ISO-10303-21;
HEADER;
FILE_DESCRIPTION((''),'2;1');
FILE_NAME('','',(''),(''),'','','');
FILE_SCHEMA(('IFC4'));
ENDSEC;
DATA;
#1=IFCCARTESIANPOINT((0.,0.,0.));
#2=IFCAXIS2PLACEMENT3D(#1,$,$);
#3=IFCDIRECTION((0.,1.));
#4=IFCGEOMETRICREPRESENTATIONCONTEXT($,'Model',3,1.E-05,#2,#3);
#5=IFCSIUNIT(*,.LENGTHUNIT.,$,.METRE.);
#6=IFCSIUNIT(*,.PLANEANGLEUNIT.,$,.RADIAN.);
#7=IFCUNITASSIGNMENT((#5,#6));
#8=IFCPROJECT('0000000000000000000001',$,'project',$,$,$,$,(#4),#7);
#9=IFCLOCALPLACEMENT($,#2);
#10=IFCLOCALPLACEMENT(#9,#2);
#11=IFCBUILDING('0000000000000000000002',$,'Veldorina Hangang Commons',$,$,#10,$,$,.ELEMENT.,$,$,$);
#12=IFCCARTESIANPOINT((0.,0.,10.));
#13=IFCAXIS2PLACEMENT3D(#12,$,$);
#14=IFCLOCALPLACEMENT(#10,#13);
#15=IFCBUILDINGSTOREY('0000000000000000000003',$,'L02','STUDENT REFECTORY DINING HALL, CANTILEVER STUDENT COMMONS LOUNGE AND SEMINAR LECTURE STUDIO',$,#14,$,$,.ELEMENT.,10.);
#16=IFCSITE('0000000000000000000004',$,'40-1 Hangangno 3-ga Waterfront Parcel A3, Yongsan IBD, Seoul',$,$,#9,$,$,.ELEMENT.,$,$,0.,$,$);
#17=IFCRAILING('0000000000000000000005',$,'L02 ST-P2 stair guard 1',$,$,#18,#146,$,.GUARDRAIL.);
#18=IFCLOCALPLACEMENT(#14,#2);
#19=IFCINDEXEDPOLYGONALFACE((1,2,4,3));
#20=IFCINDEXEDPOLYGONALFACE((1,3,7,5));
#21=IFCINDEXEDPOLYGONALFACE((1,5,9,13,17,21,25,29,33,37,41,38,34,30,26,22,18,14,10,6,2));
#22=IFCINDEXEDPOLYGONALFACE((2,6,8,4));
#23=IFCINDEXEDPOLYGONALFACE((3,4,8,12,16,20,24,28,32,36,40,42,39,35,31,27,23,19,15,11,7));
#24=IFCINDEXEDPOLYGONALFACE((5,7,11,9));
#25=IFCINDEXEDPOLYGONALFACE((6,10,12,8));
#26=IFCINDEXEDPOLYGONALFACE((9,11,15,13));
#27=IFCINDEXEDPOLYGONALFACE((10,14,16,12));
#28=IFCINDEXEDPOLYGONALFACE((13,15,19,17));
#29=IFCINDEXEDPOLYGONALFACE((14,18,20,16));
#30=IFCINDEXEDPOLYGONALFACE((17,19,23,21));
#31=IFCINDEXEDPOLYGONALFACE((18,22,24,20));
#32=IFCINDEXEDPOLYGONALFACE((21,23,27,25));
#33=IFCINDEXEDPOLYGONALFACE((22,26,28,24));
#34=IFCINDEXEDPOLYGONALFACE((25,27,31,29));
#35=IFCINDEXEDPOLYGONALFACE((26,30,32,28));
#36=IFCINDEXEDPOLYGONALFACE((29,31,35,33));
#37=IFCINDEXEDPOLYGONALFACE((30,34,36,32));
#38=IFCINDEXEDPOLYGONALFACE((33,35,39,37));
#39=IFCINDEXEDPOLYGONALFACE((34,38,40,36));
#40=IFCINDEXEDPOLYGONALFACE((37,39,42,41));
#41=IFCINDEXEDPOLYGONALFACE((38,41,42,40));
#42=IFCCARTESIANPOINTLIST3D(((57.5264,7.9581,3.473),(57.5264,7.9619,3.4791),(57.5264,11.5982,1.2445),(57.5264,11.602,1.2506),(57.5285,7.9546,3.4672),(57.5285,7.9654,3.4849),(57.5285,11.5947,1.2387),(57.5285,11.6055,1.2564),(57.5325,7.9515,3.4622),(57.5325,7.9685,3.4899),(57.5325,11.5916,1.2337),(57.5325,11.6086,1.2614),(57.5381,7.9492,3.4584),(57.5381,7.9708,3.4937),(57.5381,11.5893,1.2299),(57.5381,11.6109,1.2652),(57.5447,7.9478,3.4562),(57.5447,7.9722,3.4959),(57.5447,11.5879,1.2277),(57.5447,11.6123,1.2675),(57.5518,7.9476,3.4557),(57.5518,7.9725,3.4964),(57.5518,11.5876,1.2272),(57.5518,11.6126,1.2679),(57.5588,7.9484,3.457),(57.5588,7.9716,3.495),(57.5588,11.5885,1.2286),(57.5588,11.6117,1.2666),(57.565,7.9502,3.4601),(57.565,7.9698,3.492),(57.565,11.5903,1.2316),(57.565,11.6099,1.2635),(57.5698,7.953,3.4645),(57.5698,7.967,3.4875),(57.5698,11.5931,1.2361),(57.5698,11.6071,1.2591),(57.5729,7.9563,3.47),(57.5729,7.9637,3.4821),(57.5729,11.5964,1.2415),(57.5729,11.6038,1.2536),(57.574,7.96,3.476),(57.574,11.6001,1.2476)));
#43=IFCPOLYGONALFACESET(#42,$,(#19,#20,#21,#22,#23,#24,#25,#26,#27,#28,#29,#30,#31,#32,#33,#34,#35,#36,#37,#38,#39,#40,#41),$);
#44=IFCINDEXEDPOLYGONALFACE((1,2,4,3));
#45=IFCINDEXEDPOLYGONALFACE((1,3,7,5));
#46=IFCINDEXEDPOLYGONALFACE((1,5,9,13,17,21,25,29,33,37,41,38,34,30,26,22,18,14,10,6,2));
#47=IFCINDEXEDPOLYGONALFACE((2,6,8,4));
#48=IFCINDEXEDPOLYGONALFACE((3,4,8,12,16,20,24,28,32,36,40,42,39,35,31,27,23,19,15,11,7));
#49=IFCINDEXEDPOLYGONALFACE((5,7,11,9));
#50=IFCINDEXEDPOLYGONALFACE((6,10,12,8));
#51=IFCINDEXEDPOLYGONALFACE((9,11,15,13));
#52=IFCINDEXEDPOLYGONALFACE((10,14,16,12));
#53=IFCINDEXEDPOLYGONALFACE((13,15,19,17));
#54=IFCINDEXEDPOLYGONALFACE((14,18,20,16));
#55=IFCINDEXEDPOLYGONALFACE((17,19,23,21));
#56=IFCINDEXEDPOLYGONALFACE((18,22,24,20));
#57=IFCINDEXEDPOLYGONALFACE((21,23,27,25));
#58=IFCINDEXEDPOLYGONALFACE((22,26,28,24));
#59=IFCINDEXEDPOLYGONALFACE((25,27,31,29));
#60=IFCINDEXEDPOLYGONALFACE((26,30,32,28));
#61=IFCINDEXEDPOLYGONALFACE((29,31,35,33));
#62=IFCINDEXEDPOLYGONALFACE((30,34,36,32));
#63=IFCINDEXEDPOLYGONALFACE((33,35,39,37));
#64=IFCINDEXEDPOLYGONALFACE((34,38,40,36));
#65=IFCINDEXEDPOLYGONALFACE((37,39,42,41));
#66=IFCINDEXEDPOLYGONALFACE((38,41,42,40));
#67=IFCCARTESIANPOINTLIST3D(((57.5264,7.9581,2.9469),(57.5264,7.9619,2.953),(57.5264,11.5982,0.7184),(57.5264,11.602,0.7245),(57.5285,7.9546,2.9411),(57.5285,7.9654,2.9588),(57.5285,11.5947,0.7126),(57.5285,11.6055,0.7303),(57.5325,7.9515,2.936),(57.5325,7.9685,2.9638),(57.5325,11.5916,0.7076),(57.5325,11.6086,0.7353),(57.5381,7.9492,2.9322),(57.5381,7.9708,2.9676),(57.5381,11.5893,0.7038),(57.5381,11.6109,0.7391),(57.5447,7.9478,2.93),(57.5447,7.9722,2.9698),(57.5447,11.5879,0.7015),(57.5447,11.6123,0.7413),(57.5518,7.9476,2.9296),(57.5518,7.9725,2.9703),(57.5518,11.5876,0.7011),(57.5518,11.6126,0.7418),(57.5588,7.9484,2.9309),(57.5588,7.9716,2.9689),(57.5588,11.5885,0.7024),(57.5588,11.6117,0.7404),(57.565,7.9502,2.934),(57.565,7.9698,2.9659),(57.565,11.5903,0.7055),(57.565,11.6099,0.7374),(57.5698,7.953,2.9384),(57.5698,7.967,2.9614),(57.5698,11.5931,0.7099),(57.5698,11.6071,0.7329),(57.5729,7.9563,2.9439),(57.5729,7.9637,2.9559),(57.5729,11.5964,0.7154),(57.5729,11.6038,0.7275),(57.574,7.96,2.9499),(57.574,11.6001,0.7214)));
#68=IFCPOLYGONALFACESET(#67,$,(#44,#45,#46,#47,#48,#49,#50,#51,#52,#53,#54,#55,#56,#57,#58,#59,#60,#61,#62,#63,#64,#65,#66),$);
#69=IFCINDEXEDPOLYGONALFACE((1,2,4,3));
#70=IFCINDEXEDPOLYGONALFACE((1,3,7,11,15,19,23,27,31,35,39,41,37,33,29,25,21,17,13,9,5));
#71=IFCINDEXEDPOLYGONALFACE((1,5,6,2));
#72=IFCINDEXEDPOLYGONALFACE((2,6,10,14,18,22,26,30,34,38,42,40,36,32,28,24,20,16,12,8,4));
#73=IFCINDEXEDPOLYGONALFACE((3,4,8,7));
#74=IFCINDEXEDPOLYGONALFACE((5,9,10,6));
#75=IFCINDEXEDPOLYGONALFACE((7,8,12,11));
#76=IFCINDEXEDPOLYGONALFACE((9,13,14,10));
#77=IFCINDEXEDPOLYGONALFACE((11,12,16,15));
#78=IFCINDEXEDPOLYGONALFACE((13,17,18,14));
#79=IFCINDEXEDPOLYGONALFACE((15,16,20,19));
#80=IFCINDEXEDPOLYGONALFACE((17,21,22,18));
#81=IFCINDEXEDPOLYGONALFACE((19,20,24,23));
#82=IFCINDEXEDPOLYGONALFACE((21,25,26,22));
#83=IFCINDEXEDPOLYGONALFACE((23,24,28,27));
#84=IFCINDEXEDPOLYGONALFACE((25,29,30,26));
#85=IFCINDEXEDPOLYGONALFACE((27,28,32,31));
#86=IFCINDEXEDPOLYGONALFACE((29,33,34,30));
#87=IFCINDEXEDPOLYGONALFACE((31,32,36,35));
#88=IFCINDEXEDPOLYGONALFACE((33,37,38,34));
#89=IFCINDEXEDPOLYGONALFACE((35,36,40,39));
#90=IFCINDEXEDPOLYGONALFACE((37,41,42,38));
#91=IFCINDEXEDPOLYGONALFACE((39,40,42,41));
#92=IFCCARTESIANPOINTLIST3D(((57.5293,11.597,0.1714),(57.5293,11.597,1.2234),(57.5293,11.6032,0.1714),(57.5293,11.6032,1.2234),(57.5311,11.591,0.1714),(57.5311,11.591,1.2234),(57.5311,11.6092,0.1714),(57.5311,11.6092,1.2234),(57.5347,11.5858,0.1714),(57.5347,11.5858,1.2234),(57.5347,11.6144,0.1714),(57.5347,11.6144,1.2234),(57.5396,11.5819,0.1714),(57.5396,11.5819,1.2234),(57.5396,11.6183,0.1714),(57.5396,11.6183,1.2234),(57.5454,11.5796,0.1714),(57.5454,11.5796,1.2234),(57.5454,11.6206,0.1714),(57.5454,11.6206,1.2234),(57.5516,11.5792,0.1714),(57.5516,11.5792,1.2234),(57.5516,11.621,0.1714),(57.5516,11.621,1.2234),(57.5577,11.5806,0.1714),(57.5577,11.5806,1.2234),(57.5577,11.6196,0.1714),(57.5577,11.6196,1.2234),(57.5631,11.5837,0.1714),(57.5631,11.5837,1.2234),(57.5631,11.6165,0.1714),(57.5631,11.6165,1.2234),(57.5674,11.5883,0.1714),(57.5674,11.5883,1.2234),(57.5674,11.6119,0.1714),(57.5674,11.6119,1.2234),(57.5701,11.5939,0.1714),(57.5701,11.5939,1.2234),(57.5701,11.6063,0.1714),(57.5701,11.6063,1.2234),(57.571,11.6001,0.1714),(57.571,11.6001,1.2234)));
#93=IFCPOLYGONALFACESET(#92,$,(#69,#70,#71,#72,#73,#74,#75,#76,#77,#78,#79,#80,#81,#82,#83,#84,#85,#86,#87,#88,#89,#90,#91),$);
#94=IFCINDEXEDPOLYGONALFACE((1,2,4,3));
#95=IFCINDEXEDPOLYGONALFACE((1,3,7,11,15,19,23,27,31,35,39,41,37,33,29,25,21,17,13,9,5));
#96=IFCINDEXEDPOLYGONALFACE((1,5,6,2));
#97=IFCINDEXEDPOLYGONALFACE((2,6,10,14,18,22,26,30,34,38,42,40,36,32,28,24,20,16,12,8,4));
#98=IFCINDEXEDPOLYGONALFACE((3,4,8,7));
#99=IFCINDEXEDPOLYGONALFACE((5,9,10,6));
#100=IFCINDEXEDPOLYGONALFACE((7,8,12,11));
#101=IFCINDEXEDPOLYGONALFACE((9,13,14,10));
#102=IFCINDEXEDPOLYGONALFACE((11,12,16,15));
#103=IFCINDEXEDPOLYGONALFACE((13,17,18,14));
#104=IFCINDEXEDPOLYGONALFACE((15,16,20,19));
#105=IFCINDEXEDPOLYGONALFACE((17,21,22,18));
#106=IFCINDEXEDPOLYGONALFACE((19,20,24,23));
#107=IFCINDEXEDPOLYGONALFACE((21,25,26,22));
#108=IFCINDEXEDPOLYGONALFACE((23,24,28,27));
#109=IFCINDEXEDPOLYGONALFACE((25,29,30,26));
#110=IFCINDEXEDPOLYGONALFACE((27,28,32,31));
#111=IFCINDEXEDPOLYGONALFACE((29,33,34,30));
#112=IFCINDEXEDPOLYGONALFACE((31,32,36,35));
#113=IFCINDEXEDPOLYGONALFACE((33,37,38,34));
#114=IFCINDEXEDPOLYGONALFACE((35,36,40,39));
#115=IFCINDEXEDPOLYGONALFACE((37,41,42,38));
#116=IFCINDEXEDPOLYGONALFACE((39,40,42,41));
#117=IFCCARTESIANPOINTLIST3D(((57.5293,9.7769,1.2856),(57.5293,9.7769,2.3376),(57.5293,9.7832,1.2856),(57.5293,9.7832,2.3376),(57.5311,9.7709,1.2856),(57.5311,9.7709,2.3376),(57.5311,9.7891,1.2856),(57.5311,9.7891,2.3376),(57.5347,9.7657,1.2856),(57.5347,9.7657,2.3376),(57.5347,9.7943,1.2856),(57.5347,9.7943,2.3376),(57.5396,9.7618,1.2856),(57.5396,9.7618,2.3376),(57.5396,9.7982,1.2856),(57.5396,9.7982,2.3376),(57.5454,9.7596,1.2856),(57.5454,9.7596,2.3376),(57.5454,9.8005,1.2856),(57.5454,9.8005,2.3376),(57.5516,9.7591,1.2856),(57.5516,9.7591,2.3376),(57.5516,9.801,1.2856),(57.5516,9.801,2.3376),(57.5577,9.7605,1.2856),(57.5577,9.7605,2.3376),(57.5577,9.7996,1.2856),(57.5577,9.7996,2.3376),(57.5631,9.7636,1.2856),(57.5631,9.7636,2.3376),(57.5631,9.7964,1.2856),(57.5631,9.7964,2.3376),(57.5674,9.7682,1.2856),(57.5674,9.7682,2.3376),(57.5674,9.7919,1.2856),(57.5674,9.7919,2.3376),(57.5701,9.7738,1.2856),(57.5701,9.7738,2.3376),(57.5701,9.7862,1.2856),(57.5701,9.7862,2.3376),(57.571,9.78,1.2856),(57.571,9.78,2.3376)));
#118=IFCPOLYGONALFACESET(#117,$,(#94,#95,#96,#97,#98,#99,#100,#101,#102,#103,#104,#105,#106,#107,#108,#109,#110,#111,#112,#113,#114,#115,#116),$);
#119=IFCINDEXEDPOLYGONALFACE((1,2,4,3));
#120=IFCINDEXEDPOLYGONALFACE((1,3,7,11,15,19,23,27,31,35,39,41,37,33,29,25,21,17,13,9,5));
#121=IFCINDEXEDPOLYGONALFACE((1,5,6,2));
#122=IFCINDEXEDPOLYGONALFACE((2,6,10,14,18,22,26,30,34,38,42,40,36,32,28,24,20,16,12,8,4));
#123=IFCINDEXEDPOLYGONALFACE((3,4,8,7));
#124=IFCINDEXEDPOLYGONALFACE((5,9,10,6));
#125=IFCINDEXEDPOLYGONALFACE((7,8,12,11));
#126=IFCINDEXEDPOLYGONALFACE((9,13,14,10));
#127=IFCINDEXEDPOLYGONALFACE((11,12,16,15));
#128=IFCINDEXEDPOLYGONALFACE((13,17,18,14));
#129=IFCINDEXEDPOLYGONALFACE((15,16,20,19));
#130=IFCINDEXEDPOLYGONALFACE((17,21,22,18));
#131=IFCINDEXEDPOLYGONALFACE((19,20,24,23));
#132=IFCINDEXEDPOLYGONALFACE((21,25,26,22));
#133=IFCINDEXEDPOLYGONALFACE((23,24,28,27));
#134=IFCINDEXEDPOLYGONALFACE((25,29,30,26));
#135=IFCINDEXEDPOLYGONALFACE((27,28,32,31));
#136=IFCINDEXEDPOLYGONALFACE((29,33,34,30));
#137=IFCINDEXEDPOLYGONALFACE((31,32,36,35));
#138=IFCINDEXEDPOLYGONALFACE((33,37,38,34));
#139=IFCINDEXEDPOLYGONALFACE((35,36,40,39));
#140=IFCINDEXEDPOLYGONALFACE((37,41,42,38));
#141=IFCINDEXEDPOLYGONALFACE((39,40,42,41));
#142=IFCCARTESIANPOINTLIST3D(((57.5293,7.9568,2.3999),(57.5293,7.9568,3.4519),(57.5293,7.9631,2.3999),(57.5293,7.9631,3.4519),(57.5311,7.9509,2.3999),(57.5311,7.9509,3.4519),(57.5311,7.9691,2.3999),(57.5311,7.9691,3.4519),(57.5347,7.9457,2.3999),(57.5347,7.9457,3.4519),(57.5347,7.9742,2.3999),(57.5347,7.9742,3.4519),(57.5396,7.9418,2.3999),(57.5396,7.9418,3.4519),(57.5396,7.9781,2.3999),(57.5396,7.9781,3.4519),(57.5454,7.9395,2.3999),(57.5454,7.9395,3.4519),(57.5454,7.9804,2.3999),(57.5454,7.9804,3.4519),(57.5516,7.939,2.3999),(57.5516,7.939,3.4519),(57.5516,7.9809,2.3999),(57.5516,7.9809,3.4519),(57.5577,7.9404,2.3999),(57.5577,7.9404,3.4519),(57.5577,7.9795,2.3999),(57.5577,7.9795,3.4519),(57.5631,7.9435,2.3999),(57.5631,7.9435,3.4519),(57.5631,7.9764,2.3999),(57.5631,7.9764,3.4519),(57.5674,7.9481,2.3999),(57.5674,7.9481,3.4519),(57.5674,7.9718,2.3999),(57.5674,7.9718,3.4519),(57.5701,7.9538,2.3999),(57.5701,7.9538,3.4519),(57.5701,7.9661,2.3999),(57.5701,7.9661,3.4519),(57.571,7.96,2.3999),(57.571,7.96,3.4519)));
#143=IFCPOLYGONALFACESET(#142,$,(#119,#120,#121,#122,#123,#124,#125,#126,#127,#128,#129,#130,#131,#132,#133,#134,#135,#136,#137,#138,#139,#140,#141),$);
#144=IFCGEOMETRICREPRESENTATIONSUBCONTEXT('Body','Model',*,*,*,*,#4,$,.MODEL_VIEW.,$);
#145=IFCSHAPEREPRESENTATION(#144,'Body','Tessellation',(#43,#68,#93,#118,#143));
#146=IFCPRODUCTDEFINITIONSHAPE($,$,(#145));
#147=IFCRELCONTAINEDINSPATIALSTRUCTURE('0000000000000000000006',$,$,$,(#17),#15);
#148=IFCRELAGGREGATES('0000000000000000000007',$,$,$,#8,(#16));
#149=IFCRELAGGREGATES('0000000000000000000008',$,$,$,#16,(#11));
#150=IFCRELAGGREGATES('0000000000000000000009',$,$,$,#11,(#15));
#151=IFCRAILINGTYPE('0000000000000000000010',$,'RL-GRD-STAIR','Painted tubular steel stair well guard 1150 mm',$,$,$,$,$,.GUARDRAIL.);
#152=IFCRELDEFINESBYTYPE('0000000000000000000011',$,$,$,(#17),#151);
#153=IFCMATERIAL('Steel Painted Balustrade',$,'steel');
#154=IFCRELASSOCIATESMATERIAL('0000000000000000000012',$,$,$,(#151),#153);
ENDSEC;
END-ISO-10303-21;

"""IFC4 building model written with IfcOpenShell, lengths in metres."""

from ifc_helpers import new_model, si_unit, direction, frame, origin, origin_2d, place, context, subcontext, project, spatial, circle, extrude, material, type_object, element, save


model = new_model("IFC4")

# Units and contexts
model_context = context("Model", 3, precision=1e-05, world=origin(), true_north=direction((0.0, 1.0)))
body_context = subcontext(model_context, "Body", "Model", "MODEL_VIEW")
ifc_project = project(units=[si_unit("LENGTHUNIT", "METRE"), si_unit("PLANEANGLEUNIT", "RADIAN")], contexts=[model_context])

# Site, building, storey
site_placement = place(None, origin())
site = spatial("IfcSite", under=ifc_project, at=site_placement, Name="40-1 Hangangno 3-ga Waterfront Parcel A3, Yongsan IBD, Seoul", CompositionType="ELEMENT", RefElevation=0.0)
building_placement = place(site_placement, origin())
building = spatial("IfcBuilding", under=site, at=building_placement, Name="Veldorina Hangang Commons", CompositionType="ELEMENT")
storey_placement = place(building_placement, frame((0.0, 0.0, 10.0)))
storey = spatial("IfcBuildingStorey", under=building, at=storey_placement, Name="L02", Description="STUDENT REFECTORY DINING HALL, CANTILEVER STUDENT COMMONS LOUNGE AND SEMINAR LECTURE STUDIO", CompositionType="ELEMENT", Elevation=10.0)

# Railing
ifc_material_1 = material(Name="Steel Painted Balustrade", Category="steel")
railing_type_1 = type_object("IfcRailingType", Name="RL-GRD-STAIR", Description="Painted tubular steel stair well guard 1150 mm", PredefinedType="GUARDRAIL", material=ifc_material_1)
railing_1_placement = place(storey_placement, frame((57.55, 11.6001, 0.1714)))
element("IfcRailing", 1, at=railing_1_placement, inside=storey, type_object=railing_type_1, Name="L02 ST-P2 stair guard 1", PredefinedType="GUARDRAIL", context=body_context, shape_type="SweptSolid", body=[
    extrude(circle(Radius=0.0239, at=origin_2d()), frame((0.0, 0.0, 1.0762), z_axis=(0.0, -0.852866, 0.52213), x_axis=(1.0, 0.0, 0.0)), (0.0, 0.0, 1.0), 4.2681),
    extrude(circle(Radius=0.0239, at=origin_2d()), frame((0.0, 0.0, 0.55), z_axis=(0.0, -0.852866, 0.52213), x_axis=(1.0, 0.0, 0.0)), (0.0, 0.0, 1.0), 4.2681),
    extrude(circle(Radius=0.021, at=origin_2d()), origin(), (0.0, 0.0, 1.0), 1.052),
    extrude(circle(Radius=0.021, at=origin_2d()), frame((0.0, -1.8201, 1.1143)), (0.0, 0.0, 1.0), 1.052),
    extrude(circle(Radius=0.021, at=origin_2d()), frame((0.0, -3.6401, 2.2285)), (0.0, 0.0, 1.0), 1.052),
])

save(model, "model.ifc")
